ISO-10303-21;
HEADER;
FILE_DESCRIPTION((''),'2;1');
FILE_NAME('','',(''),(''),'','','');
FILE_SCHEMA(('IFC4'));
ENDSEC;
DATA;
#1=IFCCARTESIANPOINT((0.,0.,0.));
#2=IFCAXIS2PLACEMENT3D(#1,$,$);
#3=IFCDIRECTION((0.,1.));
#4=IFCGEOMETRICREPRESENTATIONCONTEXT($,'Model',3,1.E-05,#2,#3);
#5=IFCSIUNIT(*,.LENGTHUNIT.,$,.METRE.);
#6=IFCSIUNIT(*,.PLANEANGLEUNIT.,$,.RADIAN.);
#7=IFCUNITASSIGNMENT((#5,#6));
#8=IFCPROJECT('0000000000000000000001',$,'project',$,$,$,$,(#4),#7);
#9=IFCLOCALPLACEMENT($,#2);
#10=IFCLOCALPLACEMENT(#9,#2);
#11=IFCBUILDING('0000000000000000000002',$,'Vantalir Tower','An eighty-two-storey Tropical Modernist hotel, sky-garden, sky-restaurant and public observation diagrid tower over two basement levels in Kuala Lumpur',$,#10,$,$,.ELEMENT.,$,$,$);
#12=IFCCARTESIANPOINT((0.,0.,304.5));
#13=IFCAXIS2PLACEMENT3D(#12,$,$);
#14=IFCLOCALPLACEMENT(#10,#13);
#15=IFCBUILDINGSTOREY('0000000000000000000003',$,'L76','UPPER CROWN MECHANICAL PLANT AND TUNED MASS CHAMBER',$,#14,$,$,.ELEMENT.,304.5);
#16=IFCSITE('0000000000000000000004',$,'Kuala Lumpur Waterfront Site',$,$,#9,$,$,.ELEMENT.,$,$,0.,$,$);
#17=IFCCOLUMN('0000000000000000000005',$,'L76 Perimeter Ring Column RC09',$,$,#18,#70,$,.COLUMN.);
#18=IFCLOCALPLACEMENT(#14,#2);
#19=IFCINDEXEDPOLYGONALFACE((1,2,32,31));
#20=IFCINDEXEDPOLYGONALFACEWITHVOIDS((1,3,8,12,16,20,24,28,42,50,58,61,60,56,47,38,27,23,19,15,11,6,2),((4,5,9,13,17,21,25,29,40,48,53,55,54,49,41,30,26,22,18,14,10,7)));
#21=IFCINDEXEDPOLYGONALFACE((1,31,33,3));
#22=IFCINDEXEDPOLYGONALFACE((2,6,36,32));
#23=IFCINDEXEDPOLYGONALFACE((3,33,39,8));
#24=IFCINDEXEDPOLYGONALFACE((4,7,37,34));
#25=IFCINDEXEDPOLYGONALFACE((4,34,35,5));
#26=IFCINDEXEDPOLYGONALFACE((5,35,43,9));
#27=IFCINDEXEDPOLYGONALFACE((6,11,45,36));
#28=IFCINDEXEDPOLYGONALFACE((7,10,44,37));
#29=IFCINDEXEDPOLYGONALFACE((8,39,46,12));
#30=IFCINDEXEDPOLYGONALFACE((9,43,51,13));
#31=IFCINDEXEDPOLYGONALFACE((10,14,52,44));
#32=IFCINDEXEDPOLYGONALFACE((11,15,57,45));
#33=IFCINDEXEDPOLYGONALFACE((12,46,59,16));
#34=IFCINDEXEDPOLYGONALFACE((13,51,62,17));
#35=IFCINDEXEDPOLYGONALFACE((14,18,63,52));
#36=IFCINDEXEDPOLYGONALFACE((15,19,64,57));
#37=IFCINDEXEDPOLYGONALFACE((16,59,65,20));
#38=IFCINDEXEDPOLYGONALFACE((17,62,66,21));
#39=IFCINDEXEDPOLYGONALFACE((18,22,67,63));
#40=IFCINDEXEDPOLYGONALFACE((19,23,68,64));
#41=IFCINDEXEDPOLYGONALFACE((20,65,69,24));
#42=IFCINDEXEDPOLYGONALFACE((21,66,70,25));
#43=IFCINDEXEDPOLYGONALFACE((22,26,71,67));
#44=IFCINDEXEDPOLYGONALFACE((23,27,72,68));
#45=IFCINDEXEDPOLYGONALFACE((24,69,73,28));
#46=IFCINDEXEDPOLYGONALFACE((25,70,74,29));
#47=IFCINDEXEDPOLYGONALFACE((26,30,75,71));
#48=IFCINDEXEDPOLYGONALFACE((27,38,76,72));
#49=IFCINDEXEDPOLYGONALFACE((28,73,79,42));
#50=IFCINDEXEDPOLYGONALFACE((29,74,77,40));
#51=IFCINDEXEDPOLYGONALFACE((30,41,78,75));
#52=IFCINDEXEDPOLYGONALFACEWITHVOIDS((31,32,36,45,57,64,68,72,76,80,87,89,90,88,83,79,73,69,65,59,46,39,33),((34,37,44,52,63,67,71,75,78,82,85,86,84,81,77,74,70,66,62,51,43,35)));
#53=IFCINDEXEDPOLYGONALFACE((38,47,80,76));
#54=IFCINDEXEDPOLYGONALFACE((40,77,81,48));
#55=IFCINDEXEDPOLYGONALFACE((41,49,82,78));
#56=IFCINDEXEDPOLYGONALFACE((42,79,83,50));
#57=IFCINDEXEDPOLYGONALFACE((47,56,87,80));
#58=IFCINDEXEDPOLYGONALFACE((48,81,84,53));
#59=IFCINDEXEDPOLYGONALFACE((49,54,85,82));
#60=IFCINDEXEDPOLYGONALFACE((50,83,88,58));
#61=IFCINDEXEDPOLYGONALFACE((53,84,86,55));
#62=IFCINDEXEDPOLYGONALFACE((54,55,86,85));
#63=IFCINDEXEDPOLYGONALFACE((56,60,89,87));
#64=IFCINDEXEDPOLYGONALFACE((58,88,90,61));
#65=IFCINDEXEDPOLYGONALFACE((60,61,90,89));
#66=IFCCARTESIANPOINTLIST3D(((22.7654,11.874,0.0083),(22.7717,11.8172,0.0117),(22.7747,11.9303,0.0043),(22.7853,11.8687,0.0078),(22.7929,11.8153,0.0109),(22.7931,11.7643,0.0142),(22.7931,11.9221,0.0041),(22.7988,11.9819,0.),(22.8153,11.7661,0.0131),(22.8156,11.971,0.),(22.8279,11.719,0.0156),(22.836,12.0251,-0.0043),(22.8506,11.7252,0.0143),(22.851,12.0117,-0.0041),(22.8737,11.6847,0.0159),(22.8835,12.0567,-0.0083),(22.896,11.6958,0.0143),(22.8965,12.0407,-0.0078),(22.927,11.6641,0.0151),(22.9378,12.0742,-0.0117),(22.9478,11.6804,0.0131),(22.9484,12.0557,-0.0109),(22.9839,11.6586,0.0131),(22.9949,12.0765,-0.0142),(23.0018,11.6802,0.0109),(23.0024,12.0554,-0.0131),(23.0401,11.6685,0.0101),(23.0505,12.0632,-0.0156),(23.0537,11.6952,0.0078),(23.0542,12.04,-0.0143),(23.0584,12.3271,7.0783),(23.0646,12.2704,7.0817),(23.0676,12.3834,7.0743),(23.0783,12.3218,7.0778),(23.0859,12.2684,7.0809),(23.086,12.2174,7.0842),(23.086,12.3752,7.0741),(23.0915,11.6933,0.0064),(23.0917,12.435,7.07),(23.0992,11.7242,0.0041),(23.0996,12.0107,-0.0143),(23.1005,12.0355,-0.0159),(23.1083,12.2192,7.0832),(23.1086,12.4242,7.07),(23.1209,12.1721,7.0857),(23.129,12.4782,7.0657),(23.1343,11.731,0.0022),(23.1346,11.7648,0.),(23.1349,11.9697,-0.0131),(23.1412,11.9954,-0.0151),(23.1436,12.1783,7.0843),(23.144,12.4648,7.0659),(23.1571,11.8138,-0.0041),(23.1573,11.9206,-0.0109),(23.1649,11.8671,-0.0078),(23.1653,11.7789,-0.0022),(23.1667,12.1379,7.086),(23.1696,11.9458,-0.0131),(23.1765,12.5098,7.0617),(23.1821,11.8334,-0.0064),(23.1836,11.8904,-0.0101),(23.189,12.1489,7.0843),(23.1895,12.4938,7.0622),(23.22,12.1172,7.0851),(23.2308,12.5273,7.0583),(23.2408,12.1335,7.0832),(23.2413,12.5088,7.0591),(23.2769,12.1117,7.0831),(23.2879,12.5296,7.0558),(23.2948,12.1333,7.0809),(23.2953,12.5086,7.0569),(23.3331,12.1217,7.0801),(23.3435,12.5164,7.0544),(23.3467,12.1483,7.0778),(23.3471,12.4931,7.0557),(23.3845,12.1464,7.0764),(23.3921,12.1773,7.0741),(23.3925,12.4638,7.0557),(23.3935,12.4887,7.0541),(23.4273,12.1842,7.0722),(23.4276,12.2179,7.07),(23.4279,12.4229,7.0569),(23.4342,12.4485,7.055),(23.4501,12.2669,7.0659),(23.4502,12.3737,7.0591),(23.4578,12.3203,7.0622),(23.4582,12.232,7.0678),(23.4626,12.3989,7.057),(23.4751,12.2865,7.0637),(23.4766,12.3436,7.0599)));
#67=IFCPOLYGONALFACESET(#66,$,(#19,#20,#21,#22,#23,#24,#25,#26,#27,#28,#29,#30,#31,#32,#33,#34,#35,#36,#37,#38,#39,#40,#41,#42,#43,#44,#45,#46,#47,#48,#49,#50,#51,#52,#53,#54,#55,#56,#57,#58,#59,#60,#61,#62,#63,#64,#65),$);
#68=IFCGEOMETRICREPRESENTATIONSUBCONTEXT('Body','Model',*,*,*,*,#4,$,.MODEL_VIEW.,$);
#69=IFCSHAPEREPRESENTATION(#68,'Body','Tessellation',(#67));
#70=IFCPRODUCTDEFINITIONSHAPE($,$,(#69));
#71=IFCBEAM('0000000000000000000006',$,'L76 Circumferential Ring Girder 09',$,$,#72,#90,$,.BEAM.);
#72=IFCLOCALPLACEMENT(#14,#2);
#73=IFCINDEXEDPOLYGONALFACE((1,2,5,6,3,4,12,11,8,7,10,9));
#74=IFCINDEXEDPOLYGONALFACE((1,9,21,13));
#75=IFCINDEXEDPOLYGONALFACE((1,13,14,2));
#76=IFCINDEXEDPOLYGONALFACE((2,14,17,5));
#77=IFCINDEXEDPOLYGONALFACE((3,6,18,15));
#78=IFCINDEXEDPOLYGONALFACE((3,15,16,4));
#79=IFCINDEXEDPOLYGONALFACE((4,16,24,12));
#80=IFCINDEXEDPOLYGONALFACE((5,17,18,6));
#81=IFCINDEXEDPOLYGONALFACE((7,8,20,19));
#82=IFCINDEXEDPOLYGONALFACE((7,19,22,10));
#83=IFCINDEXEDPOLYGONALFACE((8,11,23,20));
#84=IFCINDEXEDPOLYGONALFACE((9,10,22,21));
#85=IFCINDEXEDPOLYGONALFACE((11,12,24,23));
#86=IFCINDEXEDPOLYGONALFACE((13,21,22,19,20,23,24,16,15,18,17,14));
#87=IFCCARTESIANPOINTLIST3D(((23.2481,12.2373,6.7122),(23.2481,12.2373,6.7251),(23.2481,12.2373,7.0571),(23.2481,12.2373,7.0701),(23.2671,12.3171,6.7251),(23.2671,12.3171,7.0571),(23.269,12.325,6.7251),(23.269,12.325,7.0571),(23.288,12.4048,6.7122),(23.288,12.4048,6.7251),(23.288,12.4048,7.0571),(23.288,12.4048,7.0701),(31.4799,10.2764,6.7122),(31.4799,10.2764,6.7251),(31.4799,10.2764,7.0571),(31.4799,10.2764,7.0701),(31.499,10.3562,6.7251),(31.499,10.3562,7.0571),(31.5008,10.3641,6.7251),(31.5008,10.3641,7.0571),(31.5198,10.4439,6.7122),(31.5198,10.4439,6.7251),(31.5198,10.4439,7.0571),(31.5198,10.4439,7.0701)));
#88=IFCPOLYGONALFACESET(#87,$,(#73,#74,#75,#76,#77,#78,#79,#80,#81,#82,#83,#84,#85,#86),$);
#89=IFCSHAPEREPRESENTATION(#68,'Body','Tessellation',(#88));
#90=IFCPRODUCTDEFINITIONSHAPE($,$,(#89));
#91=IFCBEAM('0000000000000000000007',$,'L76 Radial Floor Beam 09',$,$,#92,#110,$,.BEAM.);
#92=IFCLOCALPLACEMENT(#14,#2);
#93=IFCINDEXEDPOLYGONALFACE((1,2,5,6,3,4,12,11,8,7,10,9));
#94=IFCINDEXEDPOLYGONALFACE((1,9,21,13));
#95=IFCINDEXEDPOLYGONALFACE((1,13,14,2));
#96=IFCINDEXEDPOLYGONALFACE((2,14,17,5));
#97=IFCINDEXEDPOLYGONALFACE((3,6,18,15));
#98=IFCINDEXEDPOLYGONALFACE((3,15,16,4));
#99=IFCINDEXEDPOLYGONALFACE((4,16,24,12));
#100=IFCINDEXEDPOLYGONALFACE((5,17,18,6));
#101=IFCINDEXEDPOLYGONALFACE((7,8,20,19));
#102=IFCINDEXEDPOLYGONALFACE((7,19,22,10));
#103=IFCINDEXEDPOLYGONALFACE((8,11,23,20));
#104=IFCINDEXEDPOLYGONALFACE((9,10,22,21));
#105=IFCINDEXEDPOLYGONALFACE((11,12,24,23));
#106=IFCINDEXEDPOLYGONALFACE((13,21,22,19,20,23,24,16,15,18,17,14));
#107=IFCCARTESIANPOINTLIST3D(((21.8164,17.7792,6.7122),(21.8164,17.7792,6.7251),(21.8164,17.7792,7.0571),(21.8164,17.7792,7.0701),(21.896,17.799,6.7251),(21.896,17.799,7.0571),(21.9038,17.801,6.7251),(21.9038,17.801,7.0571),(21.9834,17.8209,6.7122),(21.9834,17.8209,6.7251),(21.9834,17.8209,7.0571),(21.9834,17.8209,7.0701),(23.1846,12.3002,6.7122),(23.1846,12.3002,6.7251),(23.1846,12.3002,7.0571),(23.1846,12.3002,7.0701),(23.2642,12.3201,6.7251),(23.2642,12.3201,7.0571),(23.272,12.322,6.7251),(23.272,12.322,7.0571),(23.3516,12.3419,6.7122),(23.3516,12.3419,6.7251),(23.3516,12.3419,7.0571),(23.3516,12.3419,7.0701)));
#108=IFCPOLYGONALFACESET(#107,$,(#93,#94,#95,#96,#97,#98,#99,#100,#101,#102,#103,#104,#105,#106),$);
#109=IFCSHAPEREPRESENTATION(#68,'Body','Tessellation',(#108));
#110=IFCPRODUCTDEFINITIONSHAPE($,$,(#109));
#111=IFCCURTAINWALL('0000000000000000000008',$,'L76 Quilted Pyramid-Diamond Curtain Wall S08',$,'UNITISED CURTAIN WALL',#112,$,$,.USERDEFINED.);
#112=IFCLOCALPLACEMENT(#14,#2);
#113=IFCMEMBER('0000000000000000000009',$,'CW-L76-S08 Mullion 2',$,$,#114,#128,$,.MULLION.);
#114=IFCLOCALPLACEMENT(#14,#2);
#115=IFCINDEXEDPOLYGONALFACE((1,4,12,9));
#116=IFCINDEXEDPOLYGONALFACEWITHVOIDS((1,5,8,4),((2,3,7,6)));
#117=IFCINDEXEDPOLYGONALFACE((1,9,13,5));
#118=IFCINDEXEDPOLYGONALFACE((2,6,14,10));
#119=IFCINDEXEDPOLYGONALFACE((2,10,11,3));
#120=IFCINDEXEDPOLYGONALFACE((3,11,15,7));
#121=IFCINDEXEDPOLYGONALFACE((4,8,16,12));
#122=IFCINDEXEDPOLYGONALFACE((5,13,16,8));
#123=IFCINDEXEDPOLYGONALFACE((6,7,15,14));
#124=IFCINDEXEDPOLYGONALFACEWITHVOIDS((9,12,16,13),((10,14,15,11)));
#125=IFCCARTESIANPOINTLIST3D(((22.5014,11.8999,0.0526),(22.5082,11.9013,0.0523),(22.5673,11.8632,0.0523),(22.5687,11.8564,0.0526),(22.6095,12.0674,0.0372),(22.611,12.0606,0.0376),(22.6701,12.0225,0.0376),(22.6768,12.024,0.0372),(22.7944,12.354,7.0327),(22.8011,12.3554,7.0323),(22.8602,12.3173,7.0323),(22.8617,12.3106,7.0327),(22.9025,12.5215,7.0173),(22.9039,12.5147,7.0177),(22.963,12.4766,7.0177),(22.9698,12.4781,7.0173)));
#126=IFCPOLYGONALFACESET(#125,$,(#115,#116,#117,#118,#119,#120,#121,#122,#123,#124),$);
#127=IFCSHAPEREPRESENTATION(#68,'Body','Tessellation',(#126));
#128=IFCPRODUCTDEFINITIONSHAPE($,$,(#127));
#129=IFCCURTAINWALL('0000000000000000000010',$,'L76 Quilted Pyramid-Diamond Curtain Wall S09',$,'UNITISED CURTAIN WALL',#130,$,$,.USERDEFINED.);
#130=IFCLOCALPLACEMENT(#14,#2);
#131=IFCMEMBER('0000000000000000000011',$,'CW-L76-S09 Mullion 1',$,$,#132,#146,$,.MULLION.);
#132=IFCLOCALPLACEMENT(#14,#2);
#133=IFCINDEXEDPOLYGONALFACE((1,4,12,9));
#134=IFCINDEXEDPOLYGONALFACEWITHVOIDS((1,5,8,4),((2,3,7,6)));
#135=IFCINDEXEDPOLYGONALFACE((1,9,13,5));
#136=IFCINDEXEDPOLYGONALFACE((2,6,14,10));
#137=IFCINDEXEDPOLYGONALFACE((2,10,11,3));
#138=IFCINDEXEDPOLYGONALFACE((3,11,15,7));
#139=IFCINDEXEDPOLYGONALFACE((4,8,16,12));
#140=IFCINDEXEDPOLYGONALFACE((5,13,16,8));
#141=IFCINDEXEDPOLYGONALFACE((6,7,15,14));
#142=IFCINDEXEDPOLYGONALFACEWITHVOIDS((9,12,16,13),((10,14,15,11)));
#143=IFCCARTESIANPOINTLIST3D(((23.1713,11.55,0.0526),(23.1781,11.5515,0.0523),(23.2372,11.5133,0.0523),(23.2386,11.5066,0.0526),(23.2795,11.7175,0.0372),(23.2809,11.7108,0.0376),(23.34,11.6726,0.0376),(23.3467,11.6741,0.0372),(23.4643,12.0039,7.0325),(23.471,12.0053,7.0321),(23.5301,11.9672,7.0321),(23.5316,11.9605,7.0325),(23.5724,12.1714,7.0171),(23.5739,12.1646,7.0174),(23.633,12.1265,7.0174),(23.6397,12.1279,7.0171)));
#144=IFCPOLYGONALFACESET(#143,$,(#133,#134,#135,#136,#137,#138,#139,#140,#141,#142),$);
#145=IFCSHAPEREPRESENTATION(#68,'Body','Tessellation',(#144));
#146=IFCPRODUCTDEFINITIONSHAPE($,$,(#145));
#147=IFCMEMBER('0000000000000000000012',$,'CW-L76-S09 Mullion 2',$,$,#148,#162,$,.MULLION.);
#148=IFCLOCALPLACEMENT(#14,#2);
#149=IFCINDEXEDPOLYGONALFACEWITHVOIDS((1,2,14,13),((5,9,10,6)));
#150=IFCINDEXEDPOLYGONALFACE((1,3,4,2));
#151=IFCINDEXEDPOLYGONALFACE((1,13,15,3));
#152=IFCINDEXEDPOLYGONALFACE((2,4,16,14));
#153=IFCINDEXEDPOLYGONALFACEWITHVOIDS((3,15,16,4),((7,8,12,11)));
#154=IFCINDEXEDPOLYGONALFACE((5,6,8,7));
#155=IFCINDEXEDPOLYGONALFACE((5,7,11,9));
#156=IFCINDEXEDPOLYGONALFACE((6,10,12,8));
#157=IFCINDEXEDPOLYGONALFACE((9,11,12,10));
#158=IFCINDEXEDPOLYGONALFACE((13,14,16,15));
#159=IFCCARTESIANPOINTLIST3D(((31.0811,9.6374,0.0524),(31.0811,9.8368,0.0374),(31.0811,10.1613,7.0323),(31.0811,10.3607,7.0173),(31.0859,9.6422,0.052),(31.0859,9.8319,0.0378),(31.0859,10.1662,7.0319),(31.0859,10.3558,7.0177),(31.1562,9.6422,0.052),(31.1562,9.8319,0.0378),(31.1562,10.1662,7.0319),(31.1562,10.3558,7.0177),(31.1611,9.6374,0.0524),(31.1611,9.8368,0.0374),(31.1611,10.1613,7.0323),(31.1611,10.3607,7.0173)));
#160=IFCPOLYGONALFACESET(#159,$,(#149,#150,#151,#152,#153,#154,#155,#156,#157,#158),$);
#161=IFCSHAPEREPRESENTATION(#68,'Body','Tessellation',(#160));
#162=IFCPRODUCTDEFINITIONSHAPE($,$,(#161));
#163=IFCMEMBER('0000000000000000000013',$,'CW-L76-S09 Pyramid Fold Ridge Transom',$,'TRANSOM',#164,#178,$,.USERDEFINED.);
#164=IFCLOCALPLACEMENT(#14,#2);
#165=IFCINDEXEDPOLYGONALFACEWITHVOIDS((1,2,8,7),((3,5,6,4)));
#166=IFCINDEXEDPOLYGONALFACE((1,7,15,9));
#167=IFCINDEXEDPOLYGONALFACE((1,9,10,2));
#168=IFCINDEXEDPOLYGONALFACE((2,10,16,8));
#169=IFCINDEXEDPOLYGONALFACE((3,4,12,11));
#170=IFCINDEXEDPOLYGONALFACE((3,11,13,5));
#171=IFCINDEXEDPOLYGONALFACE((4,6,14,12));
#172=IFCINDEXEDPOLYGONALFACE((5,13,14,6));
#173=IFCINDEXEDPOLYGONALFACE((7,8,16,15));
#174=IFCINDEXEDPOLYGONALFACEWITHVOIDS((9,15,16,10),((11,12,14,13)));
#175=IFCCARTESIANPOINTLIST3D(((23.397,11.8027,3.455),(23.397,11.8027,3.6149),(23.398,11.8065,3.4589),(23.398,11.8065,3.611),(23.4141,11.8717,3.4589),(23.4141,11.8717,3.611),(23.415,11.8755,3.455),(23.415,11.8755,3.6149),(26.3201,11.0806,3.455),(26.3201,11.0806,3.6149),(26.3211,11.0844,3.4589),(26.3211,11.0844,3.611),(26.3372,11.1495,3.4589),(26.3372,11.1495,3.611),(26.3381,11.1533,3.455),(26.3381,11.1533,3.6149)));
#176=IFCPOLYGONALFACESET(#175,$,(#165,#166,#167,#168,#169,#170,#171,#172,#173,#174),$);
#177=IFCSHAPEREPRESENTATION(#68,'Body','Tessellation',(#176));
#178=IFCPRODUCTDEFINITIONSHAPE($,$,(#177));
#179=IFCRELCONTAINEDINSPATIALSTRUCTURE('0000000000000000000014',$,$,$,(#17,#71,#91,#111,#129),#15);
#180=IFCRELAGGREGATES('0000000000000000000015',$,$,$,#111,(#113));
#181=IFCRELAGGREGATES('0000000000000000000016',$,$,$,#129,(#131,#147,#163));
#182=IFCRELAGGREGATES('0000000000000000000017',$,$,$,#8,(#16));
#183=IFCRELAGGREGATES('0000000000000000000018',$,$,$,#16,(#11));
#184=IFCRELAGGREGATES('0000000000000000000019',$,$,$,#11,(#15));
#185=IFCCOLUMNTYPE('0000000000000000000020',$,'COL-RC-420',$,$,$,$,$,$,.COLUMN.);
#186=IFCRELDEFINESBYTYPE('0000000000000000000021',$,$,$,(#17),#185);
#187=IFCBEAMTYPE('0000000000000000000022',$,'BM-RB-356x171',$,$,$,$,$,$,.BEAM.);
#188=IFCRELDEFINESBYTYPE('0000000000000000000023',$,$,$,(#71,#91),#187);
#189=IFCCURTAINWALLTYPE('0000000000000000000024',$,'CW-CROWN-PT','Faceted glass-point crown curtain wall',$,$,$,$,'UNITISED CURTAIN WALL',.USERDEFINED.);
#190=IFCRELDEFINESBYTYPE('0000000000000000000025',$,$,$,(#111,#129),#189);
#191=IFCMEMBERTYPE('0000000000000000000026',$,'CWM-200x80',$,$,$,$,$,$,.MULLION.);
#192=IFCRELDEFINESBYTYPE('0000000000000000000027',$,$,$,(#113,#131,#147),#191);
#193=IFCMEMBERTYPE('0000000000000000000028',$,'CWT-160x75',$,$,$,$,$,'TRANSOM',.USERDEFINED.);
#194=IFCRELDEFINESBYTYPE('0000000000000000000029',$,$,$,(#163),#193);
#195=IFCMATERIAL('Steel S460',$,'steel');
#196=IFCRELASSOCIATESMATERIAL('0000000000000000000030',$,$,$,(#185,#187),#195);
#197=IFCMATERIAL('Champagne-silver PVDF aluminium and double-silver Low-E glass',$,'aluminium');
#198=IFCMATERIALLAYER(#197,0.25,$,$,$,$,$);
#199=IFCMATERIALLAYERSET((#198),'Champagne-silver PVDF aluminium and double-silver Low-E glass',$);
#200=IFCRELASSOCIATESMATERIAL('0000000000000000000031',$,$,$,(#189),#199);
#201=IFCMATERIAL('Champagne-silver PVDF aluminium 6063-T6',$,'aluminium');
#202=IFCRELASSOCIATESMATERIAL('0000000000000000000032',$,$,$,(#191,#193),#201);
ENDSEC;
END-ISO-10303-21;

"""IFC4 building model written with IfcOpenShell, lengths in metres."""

from ifc_helpers import new_model, si_unit, direction, frame, origin, origin_2d, place, context, subcontext, project, spatial, hollow_rectangle, hollow_circle, i_section, extrude, material, layer, layer_set, material_profile, profile_set, type_object, element, aggregate, save


model = new_model("IFC4")

# Units and contexts
model_context = context("Model", 3, precision=1e-05, world=origin(), true_north=direction((0.0, 1.0)))
body_context = subcontext(model_context, "Body", "Model", "MODEL_VIEW")
ifc_project = project(units=[si_unit("LENGTHUNIT", "METRE"), si_unit("PLANEANGLEUNIT", "RADIAN")], contexts=[model_context])

# Site, building, storey
site_placement = place(None, origin())
site = spatial("IfcSite", under=ifc_project, at=site_placement, Name="Kuala Lumpur Waterfront Site", CompositionType="ELEMENT", RefElevation=0.0)
building_placement = place(site_placement, origin())
building = spatial("IfcBuilding", under=site, at=building_placement, Name="Vantalir Tower", Description="An eighty-two-storey Tropical Modernist hotel, sky-garden, sky-restaurant and public observation diagrid tower over two basement levels in Kuala Lumpur", CompositionType="ELEMENT")
storey_placement = place(building_placement, frame((0.0, 0.0, 304.5)))
storey = spatial("IfcBuildingStorey", under=building, at=storey_placement, Name="L76", Description="UPPER CROWN MECHANICAL PLANT AND TUNED MASS CHAMBER", CompositionType="ELEMENT", Elevation=304.5)

# Column
ifc_material_1 = material(Name="Steel S460", Category="steel")
ifc_material_profile_1 = material_profile(ifc_material_1, hollow_circle(Radius=0.21, WallThickness=0.02, at=origin_2d()), Name="Steel S460")
ifc_profile_set_1 = profile_set([ifc_material_profile_1], Name="Steel S460")
column_type = type_object("IfcColumnType", Name="COL-RC-420", PredefinedType="COLUMN", material=ifc_profile_set_1)
column_placement = place(storey_placement, frame((22.9751, 11.8679, 0.0), z_axis=(0.041318, 0.063905, 0.9971), x_axis=(-0.839764, 0.542951, 0.0)))
element("IfcColumn", 1, at=column_placement, inside=storey, type_object=column_type, Name="L76 Perimeter Ring Column RC09", PredefinedType="COLUMN", context=body_context, shape_type="SweptSolid", body=[
    extrude(hollow_circle(Radius=0.21, WallThickness=0.02, at=origin_2d()), origin(), (0.0, 0.0, 1.0), 7.0906),
])

# Beams
ifc_material_profile_2 = material_profile(ifc_material_1, i_section(OverallWidth=0.1721, OverallDepth=0.3579, WebThickness=0.0081, FlangeThickness=0.0129, at=origin_2d()), Name="Steel S460")
ifc_profile_set_2 = profile_set([ifc_material_profile_2], Name="Steel S460")
beam_type = type_object("IfcBeamType", Name="BM-RB-356x171", PredefinedType="BEAM", material=ifc_profile_set_2)
beam_1_placement = place(storey_placement, frame((23.2681, 12.321, 6.8911), z_axis=(0.972781, -0.231727, 0.0), x_axis=(0.231727, 0.972781, 0.0)))
element("IfcBeam", 2, at=beam_1_placement, inside=storey, type_object=beam_type, Name="L76 Circumferential Ring Girder 09", PredefinedType="BEAM", context=body_context, shape_type="SweptSolid", body=[
    extrude(i_section(OverallWidth=0.1721, OverallDepth=0.3579, WebThickness=0.0081, FlangeThickness=0.0129, at=origin_2d()), origin(), (0.0, 0.0, 1.0), 8.4622),
])
beam_2_placement = place(storey_placement, frame((23.2681, 12.321, 6.8911), z_axis=(-0.242271, 0.970209, 0.0), x_axis=(-0.970209, -0.242271, 0.0)))
element("IfcBeam", 3, at=beam_2_placement, inside=storey, type_object=beam_type, Name="L76 Radial Floor Beam 09", PredefinedType="BEAM", context=body_context, shape_type="SweptSolid", body=[
    extrude(i_section(OverallWidth=0.1721, OverallDepth=0.3579, WebThickness=0.0081, FlangeThickness=0.0129, at=origin_2d()), origin(), (0.0, 0.0, 1.0), 5.6472),
])

# Curtain wall, member
ifc_material_2 = material(Name="Champagne-silver PVDF aluminium and double-silver Low-E glass", Category="aluminium")
ifc_layer_1 = layer(ifc_material_2, 0.25)
ifc_layer_set_1 = layer_set([ifc_layer_1], Name="Champagne-silver PVDF aluminium and double-silver Low-E glass")
curtain_wall_type = type_object("IfcCurtainWallType", Name="CW-CROWN-PT", Description="Faceted glass-point crown curtain wall", ElementType="UNITISED CURTAIN WALL", PredefinedType="USERDEFINED", material=ifc_layer_set_1)
curtain_wall_1_placement = place(storey_placement, origin())
curtain_wall_1 = element("IfcCurtainWall", 4, at=curtain_wall_1_placement, inside=storey, type_object=curtain_wall_type, Name="L76 Quilted Pyramid-Diamond Curtain Wall S08", ObjectType="UNITISED CURTAIN WALL", PredefinedType="USERDEFINED")
ifc_material_3 = material(Name="Champagne-silver PVDF aluminium 6063-T6", Category="aluminium")
ifc_material_profile_3 = material_profile(ifc_material_3, hollow_rectangle(XDim=0.0801, YDim=0.2, WallThickness=0.0049, at=origin_2d()), Name="Champagne-silver PVDF aluminium 6063-T6")
ifc_profile_set_3 = profile_set([ifc_material_profile_3], Name="Champagne-silver PVDF aluminium 6063-T6")
member_type_1 = type_object("IfcMemberType", Name="CWM-200x80", PredefinedType="MULLION", material=ifc_profile_set_3)
member_1_placement = place(storey_placement, frame((22.5891, 11.9619, 0.0449), z_axis=(0.041847, 0.064864, 0.997016), x_axis=(-0.840297, 0.542127, 0.0)))
member_1 = element("IfcMember", 5, at=member_1_placement, type_object=member_type_1, Name="CW-L76-S08 Mullion 2", PredefinedType="MULLION", context=body_context, shape_type="SweptSolid", body=[
    extrude(hollow_rectangle(XDim=0.0801, YDim=0.2, WallThickness=0.0049, at=origin_2d()), origin(), (0.0, 0.0, 1.0), 7.001),
])

# Curtain wall, members
curtain_wall_2_placement = place(storey_placement, origin())
curtain_wall_2 = element("IfcCurtainWall", 6, at=curtain_wall_2_placement, inside=storey, type_object=curtain_wall_type, Name="L76 Quilted Pyramid-Diamond Curtain Wall S09", ObjectType="UNITISED CURTAIN WALL", PredefinedType="USERDEFINED")
member_2_placement = place(storey_placement, frame((23.259, 11.6121, 0.0449), z_axis=(0.041848, 0.064829, 0.997019), x_axis=(-0.840164, 0.542333, 0.0)))
member_2 = element("IfcMember", 7, at=member_2_placement, type_object=member_type_1, Name="CW-L76-S09 Mullion 1", PredefinedType="MULLION", context=body_context, shape_type="SweptSolid", body=[
    extrude(hollow_rectangle(XDim=0.0801, YDim=0.2, WallThickness=0.0049, at=origin_2d()), origin(), (0.0, 0.0, 1.0), 7.0007),
])
member_3_placement = place(storey_placement, frame((31.1211, 9.7371, 0.0449), z_axis=(0.0, 0.074851, 0.997195), x_axis=(-1.0, 0.0, 0.0)))
member_3 = element("IfcMember", 8, at=member_3_placement, type_object=member_type_1, Name="CW-L76-S09 Mullion 2", PredefinedType="MULLION", context=body_context, shape_type="SweptSolid", body=[
    extrude(hollow_rectangle(XDim=0.0801, YDim=0.2, WallThickness=0.0049, at=origin_2d()), origin(), (0.0, 0.0, 1.0), 6.9995),
])
ifc_material_profile_4 = material_profile(ifc_material_3, hollow_rectangle(XDim=0.075, YDim=0.1599, WallThickness=0.0039, at=origin_2d()), Name="Champagne-silver PVDF aluminium 6063-T6")
ifc_profile_set_4 = profile_set([ifc_material_profile_4], Name="Champagne-silver PVDF aluminium 6063-T6")
member_type_2 = type_object("IfcMemberType", Name="CWT-160x75", ElementType="TRANSOM", PredefinedType="USERDEFINED", material=ifc_profile_set_4)
member_4_placement = place(storey_placement, frame((23.406, 11.8391, 3.5349), z_axis=(0.970811, -0.239845, 0.0), x_axis=(0.239845, 0.970811, 0.0)))
member_4 = element("IfcMember", 9, at=member_4_placement, type_object=member_type_2, Name="CW-L76-S09 Pyramid Fold Ridge Transom", ObjectType="TRANSOM", PredefinedType="USERDEFINED", context=body_context, shape_type="SweptSolid", body=[
    extrude(hollow_rectangle(XDim=0.075, YDim=0.1599, WallThickness=0.0039, at=origin_2d()), origin(), (0.0, 0.0, 1.0), 3.011),
])

aggregate(curtain_wall_1, [member_1])
aggregate(curtain_wall_2, [member_2, member_3, member_4])

save(model, "model.ifc")
